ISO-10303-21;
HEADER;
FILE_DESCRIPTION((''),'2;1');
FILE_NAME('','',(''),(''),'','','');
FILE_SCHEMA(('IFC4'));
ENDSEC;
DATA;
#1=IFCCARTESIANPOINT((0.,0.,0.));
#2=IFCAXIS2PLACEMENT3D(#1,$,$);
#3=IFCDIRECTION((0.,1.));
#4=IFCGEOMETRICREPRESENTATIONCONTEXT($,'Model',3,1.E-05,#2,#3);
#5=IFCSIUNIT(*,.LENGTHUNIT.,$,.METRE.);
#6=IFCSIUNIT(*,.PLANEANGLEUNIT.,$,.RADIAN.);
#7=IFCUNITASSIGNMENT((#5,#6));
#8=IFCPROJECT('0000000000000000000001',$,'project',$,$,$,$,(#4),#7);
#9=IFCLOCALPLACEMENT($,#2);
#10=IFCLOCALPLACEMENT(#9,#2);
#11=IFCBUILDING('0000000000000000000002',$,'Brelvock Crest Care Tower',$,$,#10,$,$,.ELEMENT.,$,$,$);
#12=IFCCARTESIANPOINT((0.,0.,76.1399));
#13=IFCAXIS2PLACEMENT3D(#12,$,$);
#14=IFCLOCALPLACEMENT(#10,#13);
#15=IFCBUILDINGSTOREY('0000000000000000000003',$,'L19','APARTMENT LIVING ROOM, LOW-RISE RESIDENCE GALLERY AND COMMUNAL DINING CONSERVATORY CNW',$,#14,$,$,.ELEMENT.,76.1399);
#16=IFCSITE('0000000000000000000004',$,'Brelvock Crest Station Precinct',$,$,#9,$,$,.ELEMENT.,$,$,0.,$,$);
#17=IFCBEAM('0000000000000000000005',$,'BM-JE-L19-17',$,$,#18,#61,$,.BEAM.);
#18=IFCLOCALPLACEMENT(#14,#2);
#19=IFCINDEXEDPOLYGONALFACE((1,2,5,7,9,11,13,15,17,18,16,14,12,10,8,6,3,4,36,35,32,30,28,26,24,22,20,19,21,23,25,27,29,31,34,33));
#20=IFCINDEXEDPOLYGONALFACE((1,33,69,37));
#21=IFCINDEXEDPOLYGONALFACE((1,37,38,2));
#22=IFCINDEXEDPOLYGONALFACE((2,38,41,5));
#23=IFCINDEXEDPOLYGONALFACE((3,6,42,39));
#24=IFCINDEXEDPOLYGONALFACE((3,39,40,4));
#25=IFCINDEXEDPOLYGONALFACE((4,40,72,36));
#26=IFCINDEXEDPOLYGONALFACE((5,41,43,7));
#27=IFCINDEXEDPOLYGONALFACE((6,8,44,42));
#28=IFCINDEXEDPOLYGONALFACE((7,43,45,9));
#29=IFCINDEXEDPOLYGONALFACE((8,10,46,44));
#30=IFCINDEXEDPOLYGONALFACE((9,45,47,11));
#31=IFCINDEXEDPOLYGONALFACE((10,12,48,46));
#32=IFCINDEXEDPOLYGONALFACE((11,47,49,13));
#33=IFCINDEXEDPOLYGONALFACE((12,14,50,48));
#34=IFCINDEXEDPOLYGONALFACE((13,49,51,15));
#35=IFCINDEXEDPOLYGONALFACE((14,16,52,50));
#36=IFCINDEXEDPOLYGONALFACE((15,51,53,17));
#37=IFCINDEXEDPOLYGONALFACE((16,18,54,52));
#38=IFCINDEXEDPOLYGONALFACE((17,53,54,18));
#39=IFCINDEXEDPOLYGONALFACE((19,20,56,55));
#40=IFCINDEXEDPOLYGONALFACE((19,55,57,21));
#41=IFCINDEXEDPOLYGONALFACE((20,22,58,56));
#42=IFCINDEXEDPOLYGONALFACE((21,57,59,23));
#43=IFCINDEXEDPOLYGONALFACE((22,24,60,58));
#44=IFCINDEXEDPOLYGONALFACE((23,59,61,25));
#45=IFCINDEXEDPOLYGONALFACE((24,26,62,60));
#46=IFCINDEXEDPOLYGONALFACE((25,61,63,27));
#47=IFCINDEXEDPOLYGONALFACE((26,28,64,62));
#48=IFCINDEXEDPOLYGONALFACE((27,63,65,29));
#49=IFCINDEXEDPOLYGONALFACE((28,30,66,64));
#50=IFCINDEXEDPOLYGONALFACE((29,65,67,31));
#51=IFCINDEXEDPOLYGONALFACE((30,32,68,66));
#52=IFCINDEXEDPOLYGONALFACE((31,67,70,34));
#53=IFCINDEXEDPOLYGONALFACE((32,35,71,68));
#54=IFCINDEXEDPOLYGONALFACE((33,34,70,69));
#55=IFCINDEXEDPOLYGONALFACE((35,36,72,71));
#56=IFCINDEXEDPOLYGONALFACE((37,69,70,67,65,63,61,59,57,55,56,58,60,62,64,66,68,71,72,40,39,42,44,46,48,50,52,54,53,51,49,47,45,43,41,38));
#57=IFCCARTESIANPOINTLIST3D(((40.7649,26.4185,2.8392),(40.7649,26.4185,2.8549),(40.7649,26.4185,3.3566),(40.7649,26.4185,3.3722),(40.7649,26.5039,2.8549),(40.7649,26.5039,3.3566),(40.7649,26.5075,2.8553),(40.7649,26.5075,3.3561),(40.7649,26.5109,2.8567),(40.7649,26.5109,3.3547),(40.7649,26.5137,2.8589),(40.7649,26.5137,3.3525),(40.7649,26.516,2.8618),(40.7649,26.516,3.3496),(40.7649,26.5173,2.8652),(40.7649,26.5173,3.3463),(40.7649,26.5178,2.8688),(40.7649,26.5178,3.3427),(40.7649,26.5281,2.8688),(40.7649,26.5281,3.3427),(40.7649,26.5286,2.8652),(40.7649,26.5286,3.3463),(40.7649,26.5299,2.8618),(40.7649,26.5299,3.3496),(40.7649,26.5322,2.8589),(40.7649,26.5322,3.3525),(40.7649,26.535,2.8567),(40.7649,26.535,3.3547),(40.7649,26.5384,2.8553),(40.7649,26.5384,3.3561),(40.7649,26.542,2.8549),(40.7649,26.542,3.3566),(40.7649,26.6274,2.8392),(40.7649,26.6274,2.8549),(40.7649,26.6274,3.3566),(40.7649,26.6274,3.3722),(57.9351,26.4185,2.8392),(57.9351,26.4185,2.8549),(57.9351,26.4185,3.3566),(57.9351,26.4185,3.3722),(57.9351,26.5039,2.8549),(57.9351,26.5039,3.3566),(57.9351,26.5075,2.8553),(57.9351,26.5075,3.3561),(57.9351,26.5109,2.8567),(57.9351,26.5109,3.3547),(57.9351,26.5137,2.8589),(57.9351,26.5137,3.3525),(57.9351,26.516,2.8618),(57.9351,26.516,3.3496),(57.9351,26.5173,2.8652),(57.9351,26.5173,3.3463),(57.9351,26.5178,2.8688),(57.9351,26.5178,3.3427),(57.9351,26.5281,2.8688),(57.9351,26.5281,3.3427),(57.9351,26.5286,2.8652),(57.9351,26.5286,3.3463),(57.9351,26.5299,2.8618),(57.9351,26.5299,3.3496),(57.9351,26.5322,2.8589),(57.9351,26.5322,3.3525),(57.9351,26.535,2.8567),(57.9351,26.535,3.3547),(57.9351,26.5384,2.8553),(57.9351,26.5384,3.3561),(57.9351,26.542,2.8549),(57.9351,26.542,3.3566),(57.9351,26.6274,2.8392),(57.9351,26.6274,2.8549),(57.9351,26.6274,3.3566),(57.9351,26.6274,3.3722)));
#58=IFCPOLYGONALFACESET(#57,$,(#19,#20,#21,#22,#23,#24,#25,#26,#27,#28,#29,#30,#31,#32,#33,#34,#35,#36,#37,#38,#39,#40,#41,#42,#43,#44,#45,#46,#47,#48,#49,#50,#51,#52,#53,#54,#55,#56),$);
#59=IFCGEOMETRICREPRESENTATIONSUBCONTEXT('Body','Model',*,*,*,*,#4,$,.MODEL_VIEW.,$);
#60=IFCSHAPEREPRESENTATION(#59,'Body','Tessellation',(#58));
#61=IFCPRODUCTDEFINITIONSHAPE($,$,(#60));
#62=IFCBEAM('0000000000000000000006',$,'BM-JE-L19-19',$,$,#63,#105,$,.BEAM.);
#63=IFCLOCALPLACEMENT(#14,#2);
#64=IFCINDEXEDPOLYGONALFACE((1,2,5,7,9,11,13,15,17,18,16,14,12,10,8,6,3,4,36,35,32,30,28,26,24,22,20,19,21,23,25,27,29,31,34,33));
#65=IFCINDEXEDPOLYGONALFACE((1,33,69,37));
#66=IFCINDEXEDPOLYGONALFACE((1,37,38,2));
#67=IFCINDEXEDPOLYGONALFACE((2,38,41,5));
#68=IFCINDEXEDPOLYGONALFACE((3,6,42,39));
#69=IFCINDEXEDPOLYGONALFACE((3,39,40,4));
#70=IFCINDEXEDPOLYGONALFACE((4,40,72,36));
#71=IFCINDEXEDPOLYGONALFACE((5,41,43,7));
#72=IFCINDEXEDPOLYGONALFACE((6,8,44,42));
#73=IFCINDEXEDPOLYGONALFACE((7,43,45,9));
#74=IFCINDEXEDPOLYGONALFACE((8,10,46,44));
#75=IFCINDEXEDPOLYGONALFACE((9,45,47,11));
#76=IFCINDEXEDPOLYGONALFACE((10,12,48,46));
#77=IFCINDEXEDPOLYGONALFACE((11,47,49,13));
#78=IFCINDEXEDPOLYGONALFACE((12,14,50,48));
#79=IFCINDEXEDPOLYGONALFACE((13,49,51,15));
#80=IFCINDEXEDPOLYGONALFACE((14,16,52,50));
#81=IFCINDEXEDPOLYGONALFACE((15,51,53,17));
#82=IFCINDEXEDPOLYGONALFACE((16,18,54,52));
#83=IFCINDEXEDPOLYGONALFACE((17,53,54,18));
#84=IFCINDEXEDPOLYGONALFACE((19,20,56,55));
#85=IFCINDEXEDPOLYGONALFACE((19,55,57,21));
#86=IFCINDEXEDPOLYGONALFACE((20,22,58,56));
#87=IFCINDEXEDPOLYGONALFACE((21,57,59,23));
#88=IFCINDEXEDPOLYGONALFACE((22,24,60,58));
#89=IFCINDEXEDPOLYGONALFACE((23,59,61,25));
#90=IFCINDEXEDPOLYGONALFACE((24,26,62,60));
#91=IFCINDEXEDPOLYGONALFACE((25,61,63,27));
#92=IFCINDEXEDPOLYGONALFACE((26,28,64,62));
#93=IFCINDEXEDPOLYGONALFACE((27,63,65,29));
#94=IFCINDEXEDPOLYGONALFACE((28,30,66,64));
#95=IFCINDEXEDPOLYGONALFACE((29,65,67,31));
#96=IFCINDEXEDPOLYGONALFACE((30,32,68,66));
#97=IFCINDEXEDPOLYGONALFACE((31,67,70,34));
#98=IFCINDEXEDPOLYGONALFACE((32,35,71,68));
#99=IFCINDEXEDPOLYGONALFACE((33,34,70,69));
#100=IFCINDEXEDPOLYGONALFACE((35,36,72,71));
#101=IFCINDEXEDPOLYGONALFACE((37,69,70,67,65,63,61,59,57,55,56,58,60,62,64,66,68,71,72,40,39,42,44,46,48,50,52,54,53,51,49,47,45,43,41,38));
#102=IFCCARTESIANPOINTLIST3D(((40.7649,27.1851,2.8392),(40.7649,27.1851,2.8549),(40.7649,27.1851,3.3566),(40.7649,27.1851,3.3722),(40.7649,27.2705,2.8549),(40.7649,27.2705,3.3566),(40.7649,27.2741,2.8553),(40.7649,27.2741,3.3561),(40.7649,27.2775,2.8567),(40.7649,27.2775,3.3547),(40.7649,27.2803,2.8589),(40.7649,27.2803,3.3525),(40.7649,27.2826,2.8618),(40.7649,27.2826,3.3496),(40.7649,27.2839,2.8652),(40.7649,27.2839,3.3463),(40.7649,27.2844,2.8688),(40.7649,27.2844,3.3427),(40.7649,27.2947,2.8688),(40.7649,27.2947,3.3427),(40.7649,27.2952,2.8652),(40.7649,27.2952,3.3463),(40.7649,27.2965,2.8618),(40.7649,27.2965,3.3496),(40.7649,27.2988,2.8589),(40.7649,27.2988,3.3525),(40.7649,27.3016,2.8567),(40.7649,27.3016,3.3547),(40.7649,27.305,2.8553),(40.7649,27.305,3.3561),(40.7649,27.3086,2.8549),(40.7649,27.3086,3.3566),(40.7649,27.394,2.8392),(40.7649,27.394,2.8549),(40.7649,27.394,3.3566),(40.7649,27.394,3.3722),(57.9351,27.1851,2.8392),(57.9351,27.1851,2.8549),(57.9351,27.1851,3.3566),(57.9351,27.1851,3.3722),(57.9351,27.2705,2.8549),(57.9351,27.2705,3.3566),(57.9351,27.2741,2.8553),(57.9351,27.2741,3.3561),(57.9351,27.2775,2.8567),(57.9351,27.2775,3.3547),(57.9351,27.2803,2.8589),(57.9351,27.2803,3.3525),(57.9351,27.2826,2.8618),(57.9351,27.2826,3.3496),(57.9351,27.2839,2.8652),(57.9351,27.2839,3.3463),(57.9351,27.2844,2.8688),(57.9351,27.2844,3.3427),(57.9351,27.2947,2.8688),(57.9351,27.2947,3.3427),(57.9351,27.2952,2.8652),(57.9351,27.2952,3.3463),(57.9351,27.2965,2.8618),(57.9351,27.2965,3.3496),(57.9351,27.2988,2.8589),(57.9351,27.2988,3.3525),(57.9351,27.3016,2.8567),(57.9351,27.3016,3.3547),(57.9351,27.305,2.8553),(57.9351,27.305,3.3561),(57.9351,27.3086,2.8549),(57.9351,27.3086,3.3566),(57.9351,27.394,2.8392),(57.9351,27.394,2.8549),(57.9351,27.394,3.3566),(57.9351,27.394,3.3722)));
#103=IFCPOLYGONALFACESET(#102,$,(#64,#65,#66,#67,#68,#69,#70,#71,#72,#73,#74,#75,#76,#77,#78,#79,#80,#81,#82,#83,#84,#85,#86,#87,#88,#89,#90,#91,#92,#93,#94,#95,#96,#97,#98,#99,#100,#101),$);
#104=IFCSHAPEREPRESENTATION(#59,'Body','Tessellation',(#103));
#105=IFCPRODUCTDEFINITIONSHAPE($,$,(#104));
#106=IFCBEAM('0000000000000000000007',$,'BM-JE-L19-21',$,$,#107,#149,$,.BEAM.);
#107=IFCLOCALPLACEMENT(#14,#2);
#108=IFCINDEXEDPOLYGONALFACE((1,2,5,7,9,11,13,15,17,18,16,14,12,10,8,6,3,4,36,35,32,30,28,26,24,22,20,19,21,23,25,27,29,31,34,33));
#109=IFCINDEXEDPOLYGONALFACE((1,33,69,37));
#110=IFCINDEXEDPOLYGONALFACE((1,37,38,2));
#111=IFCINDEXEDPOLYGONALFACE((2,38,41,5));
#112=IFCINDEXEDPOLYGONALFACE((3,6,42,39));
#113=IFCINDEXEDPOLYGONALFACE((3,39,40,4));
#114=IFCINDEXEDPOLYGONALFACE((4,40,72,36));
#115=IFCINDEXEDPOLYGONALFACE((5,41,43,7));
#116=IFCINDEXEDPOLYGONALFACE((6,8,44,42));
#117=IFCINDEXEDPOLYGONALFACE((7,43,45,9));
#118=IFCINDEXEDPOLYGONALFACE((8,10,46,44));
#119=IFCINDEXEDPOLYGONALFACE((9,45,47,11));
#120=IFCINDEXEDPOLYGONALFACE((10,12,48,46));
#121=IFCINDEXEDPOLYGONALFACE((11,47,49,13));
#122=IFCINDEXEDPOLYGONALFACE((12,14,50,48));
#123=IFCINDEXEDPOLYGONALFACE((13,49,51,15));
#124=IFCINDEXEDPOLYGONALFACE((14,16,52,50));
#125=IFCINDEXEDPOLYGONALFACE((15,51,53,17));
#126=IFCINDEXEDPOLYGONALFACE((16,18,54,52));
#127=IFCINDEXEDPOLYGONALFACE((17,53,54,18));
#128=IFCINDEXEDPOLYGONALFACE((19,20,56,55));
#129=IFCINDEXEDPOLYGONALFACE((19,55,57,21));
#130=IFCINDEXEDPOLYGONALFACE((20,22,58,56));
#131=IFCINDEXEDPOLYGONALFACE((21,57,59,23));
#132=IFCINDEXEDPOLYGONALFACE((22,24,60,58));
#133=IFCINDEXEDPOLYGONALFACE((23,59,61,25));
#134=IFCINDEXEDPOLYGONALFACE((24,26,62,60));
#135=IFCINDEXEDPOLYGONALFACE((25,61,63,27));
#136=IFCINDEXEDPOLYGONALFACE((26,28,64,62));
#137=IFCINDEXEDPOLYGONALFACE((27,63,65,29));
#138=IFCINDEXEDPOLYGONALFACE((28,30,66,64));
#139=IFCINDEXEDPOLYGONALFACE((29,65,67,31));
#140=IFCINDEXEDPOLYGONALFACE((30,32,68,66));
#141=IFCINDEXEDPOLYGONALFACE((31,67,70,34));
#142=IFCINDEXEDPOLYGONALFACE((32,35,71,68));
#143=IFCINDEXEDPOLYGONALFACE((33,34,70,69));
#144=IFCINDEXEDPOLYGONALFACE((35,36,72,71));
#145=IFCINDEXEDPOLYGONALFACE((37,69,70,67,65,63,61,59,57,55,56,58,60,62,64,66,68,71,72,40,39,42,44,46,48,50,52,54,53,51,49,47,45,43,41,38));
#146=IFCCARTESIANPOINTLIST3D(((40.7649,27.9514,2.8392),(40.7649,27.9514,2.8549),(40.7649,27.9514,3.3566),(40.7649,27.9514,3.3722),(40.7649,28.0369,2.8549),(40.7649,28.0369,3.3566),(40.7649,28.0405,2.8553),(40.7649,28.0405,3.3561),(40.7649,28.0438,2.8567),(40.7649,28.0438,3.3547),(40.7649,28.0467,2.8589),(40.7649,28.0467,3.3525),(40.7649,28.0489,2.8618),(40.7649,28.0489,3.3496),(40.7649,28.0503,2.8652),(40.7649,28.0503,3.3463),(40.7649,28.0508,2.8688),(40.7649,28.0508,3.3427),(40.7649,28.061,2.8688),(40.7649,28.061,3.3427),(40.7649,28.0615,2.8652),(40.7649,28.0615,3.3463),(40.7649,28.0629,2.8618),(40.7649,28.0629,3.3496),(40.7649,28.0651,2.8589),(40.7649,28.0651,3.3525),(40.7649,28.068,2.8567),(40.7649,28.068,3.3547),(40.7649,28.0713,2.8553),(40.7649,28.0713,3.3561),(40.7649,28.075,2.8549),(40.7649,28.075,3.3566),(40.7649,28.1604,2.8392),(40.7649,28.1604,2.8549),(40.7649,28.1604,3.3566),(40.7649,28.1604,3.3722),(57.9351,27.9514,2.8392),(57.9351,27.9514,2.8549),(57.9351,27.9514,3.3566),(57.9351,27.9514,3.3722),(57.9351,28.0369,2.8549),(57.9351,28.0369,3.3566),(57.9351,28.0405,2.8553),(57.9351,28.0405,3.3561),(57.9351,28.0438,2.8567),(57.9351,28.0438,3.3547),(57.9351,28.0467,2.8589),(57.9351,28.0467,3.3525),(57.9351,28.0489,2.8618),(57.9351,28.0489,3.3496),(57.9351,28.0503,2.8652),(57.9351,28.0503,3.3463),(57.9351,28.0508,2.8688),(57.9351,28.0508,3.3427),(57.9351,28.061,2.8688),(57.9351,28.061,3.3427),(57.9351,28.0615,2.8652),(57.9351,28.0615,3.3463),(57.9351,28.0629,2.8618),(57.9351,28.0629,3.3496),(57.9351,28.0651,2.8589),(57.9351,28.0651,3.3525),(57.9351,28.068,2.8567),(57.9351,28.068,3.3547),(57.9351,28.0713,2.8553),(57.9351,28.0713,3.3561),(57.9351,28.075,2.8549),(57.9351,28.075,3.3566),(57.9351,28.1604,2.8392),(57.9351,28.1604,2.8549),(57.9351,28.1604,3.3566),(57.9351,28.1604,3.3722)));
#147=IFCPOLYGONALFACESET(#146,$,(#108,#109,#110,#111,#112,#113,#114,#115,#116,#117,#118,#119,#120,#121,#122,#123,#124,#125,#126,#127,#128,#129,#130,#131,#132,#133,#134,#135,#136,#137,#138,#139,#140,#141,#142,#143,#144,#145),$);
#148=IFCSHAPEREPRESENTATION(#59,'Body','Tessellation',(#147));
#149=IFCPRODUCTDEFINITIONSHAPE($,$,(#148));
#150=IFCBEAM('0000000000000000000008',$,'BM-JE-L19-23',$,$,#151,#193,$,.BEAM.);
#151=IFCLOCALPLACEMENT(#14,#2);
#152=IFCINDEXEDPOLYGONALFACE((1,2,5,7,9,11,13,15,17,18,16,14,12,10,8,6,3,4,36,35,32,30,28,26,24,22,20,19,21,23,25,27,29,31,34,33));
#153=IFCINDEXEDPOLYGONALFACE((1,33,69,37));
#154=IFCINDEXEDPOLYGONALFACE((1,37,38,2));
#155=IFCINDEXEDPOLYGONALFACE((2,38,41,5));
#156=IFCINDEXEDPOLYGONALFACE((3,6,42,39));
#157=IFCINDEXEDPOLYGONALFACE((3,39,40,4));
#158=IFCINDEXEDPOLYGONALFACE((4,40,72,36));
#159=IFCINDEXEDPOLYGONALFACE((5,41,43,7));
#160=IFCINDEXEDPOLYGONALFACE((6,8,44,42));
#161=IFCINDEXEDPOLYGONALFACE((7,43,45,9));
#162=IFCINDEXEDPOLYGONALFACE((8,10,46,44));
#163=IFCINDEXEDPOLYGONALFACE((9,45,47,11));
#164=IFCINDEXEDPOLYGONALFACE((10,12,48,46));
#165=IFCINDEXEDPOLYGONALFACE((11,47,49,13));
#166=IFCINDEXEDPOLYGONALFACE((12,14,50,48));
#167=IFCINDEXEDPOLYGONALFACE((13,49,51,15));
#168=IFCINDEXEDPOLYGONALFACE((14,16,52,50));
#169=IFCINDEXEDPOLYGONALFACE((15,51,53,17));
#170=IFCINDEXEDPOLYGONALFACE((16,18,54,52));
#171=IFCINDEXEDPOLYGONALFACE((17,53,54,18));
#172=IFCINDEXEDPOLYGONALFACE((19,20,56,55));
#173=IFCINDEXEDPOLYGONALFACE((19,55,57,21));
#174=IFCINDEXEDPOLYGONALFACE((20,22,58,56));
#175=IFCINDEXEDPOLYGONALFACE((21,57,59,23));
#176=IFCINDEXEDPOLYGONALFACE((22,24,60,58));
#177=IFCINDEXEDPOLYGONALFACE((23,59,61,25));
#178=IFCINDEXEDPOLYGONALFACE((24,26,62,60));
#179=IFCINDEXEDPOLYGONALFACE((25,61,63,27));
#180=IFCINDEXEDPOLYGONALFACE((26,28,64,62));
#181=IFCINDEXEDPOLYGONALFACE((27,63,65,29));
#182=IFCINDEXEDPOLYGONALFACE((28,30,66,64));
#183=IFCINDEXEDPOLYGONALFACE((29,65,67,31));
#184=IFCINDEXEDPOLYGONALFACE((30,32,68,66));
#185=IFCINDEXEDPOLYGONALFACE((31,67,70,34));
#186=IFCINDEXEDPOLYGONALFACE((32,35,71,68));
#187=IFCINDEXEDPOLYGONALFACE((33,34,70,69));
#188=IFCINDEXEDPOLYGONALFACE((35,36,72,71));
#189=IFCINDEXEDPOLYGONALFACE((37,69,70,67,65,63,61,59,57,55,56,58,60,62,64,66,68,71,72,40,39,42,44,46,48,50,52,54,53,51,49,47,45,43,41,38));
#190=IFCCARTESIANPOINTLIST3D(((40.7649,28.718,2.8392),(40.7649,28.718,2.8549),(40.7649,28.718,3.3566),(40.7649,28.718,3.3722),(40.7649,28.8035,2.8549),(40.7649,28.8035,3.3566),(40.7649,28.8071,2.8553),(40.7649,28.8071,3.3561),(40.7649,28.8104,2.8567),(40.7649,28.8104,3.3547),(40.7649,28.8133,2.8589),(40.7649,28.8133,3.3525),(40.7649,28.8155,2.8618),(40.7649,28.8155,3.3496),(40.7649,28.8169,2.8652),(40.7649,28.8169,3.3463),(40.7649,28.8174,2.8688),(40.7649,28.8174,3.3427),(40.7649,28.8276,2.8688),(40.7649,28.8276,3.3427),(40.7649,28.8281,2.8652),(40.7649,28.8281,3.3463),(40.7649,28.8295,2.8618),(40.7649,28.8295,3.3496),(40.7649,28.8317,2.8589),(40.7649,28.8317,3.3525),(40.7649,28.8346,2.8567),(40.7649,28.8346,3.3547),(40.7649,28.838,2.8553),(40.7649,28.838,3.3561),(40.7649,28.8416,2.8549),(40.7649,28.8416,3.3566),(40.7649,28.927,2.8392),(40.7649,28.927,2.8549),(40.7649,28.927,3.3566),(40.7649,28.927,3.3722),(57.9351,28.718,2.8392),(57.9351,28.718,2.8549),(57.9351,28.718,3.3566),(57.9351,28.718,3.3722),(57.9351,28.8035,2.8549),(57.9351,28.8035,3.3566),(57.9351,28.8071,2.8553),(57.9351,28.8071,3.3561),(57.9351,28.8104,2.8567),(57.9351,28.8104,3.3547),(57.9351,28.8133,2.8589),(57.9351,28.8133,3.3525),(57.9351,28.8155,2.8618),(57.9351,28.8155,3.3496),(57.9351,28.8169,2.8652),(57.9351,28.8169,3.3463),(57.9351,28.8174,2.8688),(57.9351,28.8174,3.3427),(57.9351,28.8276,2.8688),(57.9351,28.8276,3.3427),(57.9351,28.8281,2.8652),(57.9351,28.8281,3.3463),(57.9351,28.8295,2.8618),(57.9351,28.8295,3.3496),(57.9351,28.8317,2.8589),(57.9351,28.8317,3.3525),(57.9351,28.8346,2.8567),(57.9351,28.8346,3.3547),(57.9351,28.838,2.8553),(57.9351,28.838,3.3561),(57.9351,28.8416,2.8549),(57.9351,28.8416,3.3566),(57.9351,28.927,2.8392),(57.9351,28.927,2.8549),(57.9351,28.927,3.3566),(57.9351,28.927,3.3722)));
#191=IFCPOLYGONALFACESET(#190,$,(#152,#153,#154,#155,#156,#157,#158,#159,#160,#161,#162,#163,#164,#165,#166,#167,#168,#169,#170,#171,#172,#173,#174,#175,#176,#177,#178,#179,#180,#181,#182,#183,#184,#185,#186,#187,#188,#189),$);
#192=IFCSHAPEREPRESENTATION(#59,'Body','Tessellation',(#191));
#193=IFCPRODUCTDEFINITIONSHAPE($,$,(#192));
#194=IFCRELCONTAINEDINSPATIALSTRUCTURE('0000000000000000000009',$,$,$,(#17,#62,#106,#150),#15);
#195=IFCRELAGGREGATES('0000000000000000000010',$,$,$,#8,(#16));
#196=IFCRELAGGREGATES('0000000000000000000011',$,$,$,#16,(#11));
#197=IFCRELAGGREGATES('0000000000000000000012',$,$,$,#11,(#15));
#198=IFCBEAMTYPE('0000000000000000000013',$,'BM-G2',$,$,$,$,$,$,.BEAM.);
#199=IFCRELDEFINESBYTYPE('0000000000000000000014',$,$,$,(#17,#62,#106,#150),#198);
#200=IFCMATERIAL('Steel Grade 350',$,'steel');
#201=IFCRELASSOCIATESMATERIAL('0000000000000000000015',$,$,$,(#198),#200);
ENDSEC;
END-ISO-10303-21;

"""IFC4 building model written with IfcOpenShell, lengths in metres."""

from ifc_helpers import new_model, si_unit, direction, frame, origin, origin_2d, place, context, subcontext, project, spatial, i_section, extrude, source, transform, mapped, material, material_profile, profile_set, type_object, element, save


model = new_model("IFC4")

# Units and contexts
model_context = context("Model", 3, precision=1e-05, world=origin(), true_north=direction((0.0, 1.0)))
body_context = subcontext(model_context, "Body", "Model", "MODEL_VIEW")
ifc_project = project(units=[si_unit("LENGTHUNIT", "METRE"), si_unit("PLANEANGLEUNIT", "RADIAN")], contexts=[model_context])

# Site, building, storey
site_placement = place(None, origin())
site = spatial("IfcSite", under=ifc_project, at=site_placement, Name="Brelvock Crest Station Precinct", CompositionType="ELEMENT", RefElevation=0.0)
building_placement = place(site_placement, origin())
building = spatial("IfcBuilding", under=site, at=building_placement, Name="Brelvock Crest Care Tower", CompositionType="ELEMENT")
storey_placement = place(building_placement, frame((0.0, 0.0, 76.1399)))
storey = spatial("IfcBuildingStorey", under=building, at=storey_placement, Name="L19", Description="APARTMENT LIVING ROOM, LOW-RISE RESIDENCE GALLERY AND COMMUNAL DINING CONSERVATORY CNW", CompositionType="ELEMENT", Elevation=76.1399)

# Shared definitions
ifc_material_1 = material(Name="Steel Grade 350", Category="steel")

# Beams
ifc_material_profile_1 = material_profile(ifc_material_1, i_section(OverallWidth=0.209, OverallDepth=0.533, WebThickness=0.0103, FlangeThickness=0.0156, FilletRadius=0.0139, at=origin_2d()), Name="530UB92.4")
ifc_profile_set_1 = profile_set([ifc_material_profile_1], Name="Steel Grade 350")
beam_type_1 = type_object("IfcBeamType", Name="BM-G2", PredefinedType="BEAM", material=ifc_profile_set_1)
shared_shape_1 = source(origin(), body_context, "Body", "SweptSolid", [
    extrude(i_section(OverallWidth=0.209, OverallDepth=0.533, WebThickness=0.0103, FlangeThickness=0.0156, FilletRadius=0.0139, at=origin_2d()), origin(), (0.0, 0.0, 1.0), 17.1702),
])
for number, where, z_axis, x_axis, name in (
    (1, (40.7649, 26.5229, 3.1057), (1.0, 0.0, 0.0), (0.0, 1.0, 0.0), "BM-JE-L19-17"),
    (2, (40.7649, 27.2896, 3.1057), (1.0, 0.0, 0.0), (0.0, 1.0, 0.0), "BM-JE-L19-19"),
    (3, (40.7649, 28.0559, 3.1057), (1.0, 0.0, 0.0), (0.0, 1.0, 0.0), "BM-JE-L19-21"),
    (4, (40.7649, 28.8225, 3.1057), (1.0, 0.0, 0.0), (0.0, 1.0, 0.0), "BM-JE-L19-23"),
):
    element("IfcBeam", number, at=place(storey_placement, frame(where, z_axis=z_axis, x_axis=x_axis)), inside=storey, type_object=beam_type_1, Name=name, PredefinedType="BEAM", context=body_context, shape_type="MappedRepresentation", body=[
        mapped(shared_shape_1, transform((0.0, 0.0, 0.0), x_axis=(1.0, 0.0, 0.0), y_axis=(0.0, 1.0, 0.0), z_axis=(0.0, 0.0, 1.0), scale=1.0)),
    ])

save(model, "model.ifc")
